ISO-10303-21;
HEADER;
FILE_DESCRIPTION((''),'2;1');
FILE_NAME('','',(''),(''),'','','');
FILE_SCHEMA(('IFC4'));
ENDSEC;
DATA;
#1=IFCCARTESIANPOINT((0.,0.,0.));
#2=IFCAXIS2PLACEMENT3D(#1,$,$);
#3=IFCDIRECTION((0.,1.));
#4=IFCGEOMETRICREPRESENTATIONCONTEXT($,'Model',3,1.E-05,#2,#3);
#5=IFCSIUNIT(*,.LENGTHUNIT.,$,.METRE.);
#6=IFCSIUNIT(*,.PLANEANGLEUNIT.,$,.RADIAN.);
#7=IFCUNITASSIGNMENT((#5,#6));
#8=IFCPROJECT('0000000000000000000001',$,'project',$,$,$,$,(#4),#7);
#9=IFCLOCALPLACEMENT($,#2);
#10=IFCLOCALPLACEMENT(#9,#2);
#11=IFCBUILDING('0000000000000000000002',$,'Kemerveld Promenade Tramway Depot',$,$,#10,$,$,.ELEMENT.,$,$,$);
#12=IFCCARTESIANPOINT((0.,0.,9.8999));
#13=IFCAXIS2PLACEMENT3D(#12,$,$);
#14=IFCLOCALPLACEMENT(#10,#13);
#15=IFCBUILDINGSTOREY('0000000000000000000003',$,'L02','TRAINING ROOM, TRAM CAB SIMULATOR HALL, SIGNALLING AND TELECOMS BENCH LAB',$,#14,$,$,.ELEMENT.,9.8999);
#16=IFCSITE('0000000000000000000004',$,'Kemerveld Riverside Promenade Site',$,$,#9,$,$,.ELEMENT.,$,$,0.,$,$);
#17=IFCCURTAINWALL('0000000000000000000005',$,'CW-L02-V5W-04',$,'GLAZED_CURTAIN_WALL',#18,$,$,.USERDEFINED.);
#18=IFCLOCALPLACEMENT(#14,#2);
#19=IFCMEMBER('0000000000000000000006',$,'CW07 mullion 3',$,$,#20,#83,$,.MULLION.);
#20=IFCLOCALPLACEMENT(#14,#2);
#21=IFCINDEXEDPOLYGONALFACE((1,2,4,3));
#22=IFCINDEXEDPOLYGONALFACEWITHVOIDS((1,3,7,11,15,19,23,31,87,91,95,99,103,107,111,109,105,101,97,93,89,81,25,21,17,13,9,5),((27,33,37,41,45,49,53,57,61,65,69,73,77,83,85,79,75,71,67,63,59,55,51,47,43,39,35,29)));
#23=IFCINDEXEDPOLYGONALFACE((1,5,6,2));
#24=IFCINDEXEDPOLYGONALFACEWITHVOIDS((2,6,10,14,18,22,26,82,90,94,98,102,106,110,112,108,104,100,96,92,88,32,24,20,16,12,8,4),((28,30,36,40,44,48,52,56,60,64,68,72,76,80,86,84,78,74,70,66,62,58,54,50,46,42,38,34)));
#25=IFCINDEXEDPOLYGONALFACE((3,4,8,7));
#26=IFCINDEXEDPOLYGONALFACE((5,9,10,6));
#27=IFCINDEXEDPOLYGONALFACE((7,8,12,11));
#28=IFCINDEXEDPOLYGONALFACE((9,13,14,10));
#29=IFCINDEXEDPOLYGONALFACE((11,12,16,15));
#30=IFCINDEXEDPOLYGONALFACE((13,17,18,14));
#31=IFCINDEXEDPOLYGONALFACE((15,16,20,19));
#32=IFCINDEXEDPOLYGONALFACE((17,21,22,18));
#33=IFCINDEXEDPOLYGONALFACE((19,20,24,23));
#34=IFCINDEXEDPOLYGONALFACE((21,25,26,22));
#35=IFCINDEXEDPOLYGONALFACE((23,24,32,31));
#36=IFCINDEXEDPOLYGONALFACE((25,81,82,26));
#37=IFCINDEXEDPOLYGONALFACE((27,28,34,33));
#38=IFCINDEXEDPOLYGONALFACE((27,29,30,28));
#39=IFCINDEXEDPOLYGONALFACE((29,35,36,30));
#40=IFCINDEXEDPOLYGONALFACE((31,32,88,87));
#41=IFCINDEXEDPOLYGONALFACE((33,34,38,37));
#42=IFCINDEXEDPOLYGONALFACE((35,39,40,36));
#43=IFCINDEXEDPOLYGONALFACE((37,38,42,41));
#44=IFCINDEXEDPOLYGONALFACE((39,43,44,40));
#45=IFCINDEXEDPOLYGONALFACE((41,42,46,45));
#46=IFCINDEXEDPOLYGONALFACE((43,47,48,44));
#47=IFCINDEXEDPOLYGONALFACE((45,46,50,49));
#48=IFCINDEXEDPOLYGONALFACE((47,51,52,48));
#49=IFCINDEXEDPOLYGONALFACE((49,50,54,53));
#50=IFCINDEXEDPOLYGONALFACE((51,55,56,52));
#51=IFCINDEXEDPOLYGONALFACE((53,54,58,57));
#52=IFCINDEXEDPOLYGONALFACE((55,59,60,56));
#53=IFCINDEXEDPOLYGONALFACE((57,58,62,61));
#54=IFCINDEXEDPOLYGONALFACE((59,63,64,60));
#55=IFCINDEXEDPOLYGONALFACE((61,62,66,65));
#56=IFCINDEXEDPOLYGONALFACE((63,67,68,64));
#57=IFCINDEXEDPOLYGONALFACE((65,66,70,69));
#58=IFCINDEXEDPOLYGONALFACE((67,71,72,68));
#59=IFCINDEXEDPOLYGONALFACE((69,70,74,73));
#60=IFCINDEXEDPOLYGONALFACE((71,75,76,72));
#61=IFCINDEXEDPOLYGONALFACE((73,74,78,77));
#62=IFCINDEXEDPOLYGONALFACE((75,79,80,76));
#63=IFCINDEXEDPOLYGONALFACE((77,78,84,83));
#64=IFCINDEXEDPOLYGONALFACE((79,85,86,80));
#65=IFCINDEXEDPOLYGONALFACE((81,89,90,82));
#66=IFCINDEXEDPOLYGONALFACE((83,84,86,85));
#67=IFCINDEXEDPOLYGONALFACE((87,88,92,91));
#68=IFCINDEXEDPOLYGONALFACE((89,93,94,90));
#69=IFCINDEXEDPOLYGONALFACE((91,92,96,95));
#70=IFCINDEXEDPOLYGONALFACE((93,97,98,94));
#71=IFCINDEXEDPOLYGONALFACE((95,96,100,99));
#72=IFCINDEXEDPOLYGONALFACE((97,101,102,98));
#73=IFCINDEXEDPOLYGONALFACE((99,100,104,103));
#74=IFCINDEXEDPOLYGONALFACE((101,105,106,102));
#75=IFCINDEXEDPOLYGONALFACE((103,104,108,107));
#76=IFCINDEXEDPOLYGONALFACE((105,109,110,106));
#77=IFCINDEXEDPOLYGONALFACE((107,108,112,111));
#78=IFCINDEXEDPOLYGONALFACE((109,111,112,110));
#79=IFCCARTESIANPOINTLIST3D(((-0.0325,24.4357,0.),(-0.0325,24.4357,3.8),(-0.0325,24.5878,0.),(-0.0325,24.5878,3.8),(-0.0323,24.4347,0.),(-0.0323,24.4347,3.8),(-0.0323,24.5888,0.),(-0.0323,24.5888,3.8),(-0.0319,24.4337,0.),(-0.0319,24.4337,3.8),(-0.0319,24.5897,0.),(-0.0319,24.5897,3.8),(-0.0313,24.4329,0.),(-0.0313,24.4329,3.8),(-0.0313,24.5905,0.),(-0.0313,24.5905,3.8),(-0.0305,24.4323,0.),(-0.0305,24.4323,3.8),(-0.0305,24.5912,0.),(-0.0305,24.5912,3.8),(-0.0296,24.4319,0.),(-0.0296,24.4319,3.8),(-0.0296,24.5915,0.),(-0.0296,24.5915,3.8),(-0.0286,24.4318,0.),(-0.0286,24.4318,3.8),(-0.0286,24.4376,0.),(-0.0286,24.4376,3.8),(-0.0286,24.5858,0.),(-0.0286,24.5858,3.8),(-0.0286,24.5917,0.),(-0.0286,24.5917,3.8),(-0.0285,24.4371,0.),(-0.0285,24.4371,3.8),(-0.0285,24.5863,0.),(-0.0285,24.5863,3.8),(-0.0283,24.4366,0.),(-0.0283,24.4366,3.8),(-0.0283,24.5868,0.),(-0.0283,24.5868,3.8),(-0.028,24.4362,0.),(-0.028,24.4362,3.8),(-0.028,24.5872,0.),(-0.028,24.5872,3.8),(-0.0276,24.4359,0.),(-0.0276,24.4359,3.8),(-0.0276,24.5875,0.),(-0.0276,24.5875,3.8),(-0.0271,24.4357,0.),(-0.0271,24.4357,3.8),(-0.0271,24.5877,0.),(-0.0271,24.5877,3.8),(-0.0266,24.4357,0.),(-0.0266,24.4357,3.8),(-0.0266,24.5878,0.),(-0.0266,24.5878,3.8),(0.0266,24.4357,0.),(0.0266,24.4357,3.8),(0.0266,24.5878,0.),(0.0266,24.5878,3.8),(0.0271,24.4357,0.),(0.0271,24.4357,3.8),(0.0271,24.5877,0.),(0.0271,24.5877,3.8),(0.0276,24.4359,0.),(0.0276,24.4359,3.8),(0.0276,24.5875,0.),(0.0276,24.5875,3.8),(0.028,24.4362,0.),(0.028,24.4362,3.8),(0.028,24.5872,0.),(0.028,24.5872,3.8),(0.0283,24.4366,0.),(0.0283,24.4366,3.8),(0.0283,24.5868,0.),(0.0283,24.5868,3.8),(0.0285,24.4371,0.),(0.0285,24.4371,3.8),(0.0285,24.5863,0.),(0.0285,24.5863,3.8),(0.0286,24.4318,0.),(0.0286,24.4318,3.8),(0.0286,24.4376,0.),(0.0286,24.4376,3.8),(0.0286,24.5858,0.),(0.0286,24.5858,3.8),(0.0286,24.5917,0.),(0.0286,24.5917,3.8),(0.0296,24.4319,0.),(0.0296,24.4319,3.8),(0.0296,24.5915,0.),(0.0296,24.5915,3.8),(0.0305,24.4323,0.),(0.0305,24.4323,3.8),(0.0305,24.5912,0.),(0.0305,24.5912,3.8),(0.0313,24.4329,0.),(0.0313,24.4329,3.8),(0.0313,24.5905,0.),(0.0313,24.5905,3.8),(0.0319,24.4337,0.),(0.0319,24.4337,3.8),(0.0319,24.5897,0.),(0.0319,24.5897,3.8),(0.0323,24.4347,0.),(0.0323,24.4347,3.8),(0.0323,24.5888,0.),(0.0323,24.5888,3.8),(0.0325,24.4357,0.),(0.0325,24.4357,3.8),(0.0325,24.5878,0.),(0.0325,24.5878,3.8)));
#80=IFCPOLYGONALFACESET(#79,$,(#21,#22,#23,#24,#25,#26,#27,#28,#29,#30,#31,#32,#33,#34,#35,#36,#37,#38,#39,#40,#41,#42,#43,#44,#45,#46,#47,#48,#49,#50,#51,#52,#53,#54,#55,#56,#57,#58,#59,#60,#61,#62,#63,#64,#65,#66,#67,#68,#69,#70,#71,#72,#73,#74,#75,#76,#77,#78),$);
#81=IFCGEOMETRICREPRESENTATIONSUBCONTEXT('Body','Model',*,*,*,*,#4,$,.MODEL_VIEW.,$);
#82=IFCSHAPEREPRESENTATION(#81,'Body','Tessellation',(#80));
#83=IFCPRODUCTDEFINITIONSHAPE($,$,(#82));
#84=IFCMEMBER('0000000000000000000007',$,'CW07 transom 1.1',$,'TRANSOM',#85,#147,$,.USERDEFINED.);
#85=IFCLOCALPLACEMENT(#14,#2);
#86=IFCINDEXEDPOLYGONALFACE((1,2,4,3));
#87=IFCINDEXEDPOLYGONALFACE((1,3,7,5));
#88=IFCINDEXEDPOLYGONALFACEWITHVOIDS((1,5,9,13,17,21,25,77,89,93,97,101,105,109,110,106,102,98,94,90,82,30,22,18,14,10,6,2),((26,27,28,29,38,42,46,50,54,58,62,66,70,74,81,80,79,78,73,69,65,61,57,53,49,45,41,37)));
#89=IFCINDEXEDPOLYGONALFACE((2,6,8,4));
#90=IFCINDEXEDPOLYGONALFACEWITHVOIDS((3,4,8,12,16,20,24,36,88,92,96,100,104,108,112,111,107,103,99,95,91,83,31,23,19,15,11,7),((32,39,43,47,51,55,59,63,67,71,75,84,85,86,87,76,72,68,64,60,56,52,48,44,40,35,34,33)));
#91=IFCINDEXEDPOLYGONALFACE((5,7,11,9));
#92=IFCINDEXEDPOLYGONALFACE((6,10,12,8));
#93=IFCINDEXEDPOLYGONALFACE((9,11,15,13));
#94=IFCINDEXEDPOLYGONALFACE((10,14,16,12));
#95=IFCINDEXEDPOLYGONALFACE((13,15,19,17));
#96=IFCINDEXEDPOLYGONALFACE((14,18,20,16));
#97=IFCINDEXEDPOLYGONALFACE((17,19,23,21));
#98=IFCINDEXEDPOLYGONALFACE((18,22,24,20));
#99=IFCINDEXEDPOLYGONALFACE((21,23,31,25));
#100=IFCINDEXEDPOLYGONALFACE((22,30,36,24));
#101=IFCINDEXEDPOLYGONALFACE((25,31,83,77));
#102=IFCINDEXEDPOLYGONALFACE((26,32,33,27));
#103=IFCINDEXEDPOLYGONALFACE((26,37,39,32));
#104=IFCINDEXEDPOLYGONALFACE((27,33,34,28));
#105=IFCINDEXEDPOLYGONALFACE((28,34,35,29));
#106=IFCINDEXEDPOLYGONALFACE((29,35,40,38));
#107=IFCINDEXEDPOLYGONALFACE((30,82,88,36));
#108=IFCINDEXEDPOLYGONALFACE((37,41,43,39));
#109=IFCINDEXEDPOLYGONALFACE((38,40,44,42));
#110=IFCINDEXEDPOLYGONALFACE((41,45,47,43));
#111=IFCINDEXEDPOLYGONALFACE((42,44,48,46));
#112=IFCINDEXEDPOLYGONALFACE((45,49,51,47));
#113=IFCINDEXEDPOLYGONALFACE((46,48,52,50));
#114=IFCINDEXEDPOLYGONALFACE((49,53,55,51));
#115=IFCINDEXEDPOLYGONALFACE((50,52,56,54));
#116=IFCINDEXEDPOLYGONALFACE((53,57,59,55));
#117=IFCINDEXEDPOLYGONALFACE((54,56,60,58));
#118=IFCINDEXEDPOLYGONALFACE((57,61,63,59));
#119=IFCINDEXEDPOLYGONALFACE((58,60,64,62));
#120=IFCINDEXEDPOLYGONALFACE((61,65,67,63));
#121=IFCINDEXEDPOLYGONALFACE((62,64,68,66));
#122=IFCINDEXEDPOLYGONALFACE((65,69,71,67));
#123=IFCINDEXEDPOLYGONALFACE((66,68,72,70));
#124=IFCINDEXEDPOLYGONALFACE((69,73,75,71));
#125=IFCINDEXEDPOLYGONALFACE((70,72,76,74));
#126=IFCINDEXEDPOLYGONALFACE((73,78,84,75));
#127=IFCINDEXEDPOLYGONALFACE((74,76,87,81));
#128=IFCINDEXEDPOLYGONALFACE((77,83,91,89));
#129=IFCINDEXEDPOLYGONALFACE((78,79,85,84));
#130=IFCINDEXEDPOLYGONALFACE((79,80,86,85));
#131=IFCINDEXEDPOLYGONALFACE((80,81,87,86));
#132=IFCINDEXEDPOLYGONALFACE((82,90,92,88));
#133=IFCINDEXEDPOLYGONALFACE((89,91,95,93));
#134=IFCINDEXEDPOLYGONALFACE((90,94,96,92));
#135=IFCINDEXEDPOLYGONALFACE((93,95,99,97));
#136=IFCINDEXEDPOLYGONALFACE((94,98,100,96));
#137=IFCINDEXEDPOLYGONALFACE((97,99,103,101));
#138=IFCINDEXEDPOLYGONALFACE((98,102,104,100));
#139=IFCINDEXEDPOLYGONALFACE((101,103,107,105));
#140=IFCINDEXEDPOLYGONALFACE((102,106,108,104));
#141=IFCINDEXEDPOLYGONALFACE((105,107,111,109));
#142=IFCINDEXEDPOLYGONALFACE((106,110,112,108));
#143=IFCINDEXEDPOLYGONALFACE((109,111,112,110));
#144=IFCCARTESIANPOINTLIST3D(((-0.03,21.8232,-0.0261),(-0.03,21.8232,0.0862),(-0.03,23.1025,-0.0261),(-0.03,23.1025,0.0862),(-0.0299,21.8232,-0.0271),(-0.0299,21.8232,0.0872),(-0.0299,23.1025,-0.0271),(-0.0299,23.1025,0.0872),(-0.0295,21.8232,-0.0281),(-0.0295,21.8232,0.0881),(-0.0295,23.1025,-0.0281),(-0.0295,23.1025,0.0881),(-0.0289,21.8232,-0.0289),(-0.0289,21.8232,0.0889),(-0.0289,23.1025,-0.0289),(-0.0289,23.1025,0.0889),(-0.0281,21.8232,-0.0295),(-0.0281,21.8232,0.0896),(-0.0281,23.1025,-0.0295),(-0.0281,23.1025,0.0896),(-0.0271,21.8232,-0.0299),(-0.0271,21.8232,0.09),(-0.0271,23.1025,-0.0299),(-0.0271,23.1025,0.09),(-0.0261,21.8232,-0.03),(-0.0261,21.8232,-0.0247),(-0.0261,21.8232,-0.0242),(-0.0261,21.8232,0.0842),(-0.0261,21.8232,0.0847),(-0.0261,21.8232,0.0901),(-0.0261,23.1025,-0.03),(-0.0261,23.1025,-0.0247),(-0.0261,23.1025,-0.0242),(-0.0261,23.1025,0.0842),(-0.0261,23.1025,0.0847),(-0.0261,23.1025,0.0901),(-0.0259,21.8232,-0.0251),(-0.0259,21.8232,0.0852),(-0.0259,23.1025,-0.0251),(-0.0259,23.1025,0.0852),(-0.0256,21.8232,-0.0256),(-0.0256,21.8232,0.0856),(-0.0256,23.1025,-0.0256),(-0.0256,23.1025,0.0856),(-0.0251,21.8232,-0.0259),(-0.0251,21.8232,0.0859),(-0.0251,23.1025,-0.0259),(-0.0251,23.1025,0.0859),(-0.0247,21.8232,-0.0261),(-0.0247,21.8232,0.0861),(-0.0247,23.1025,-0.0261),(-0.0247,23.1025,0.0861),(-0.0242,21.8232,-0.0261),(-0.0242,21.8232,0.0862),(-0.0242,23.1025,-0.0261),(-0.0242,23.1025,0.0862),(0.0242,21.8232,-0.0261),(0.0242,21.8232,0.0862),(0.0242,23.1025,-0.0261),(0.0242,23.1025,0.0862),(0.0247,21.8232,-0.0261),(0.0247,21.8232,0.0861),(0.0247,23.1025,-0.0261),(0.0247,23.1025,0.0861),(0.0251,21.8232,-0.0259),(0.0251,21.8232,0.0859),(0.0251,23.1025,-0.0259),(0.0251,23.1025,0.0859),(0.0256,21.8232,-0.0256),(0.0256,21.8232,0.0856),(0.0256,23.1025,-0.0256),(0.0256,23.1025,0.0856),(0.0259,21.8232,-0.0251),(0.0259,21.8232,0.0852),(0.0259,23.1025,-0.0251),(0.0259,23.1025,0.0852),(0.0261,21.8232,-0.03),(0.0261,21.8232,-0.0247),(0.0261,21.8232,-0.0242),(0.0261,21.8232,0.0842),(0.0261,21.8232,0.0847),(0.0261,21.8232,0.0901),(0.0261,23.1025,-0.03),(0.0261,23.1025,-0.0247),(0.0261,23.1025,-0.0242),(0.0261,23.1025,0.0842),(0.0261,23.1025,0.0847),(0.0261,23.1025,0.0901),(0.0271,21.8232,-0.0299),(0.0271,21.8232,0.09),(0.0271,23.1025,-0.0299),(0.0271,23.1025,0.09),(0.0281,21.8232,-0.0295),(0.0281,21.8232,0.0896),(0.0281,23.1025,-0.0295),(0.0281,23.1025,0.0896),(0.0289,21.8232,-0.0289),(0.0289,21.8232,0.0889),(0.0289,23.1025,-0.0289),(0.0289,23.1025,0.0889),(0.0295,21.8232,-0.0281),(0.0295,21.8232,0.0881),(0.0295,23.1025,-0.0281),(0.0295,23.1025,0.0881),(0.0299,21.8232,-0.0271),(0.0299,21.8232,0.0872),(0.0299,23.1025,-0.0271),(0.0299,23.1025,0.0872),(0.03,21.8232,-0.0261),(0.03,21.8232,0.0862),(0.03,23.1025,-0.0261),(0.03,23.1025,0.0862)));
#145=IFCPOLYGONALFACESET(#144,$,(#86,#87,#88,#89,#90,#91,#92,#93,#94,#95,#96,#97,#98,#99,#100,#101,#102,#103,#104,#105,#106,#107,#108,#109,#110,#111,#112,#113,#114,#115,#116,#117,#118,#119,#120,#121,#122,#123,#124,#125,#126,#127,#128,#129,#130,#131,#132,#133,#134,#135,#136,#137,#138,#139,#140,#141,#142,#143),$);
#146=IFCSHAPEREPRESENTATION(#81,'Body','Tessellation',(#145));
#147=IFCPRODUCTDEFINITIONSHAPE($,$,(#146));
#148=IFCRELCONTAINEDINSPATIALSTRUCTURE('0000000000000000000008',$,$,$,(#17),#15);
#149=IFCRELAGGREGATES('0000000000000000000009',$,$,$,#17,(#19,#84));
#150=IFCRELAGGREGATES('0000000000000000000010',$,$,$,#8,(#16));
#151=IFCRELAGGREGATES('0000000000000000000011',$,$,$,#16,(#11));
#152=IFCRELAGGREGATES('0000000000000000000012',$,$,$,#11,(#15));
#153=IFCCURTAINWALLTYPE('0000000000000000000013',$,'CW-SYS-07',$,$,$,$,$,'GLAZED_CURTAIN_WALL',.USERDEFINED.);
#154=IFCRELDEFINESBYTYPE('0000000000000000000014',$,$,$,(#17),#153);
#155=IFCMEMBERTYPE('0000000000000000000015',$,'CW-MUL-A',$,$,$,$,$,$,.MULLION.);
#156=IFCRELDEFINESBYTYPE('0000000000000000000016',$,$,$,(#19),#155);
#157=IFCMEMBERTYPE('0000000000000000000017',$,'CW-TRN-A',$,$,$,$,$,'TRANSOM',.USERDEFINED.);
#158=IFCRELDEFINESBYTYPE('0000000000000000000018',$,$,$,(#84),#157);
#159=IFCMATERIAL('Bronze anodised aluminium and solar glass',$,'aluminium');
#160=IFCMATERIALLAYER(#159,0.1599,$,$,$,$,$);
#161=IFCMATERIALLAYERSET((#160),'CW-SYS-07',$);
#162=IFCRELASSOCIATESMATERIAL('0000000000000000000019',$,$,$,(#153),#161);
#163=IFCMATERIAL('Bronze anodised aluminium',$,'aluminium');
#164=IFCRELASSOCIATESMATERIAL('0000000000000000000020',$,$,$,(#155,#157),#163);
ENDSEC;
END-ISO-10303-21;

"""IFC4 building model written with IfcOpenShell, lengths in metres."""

from ifc_helpers import new_model, si_unit, direction, frame, origin, origin_2d, place, context, subcontext, project, spatial, hollow_rectangle, extrude, material, layer, layer_set, material_profile, profile_set, type_object, element, aggregate, save


model = new_model("IFC4")

# Units and contexts
model_context = context("Model", 3, precision=1e-05, world=origin(), true_north=direction((0.0, 1.0)))
body_context = subcontext(model_context, "Body", "Model", "MODEL_VIEW")
ifc_project = project(units=[si_unit("LENGTHUNIT", "METRE"), si_unit("PLANEANGLEUNIT", "RADIAN")], contexts=[model_context])

# Site, building, storey
site_placement = place(None, origin())
site = spatial("IfcSite", under=ifc_project, at=site_placement, Name="Kemerveld Riverside Promenade Site", CompositionType="ELEMENT", RefElevation=0.0)
building_placement = place(site_placement, origin())
building = spatial("IfcBuilding", under=site, at=building_placement, Name="Kemerveld Promenade Tramway Depot", CompositionType="ELEMENT")
storey_placement = place(building_placement, frame((0.0, 0.0, 9.8999)))
storey = spatial("IfcBuildingStorey", under=building, at=storey_placement, Name="L02", Description="TRAINING ROOM, TRAM CAB SIMULATOR HALL, SIGNALLING AND TELECOMS BENCH LAB", CompositionType="ELEMENT", Elevation=9.8999)

# Curtain wall, members
ifc_material_1 = material(Name="Bronze anodised aluminium and solar glass", Category="aluminium")
ifc_layer_1 = layer(ifc_material_1, 0.1599)
ifc_layer_set_1 = layer_set([ifc_layer_1], Name="CW-SYS-07")
curtain_wall_type = type_object("IfcCurtainWallType", Name="CW-SYS-07", ElementType="GLAZED_CURTAIN_WALL", PredefinedType="USERDEFINED", material=ifc_layer_set_1)
curtain_wall_placement = place(storey_placement, origin())
curtain_wall = element("IfcCurtainWall", 1, at=curtain_wall_placement, inside=storey, type_object=curtain_wall_type, Name="CW-L02-V5W-04", ObjectType="GLAZED_CURTAIN_WALL", PredefinedType="USERDEFINED")
ifc_material_2 = material(Name="Bronze anodised aluminium", Category="aluminium")
ifc_material_profile_1 = material_profile(ifc_material_2, hollow_rectangle(XDim=0.0649, YDim=0.1599, WallThickness=0.0039, InnerFilletRadius=0.002, OuterFilletRadius=0.0039, at=origin_2d()), Name="CW-MUL-160x65")
ifc_profile_set_1 = profile_set([ifc_material_profile_1], Name="Bronze anodised aluminium")
member_type_1 = type_object("IfcMemberType", Name="CW-MUL-A", PredefinedType="MULLION", material=ifc_profile_set_1)
member_1_placement = place(storey_placement, frame((0.0, 24.5117, 0.0), z_axis=(0.0, 0.0, 1.0), x_axis=(-1.0, 0.0, 0.0)))
member_1 = element("IfcMember", 2, at=member_1_placement, type_object=member_type_1, Name="CW07 mullion 3", PredefinedType="MULLION", context=body_context, shape_type="SweptSolid", body=[
    extrude(hollow_rectangle(XDim=0.0649, YDim=0.1599, WallThickness=0.0039, InnerFilletRadius=0.002, OuterFilletRadius=0.0039, at=origin_2d()), origin(), (0.0, 0.0, 1.0), 3.8),
])
ifc_material_profile_2 = material_profile(ifc_material_2, hollow_rectangle(XDim=0.0601, YDim=0.1201, WallThickness=0.0039, InnerFilletRadius=0.002, OuterFilletRadius=0.0039, at=origin_2d()), Name="CW-TRN-120x60")
ifc_profile_set_2 = profile_set([ifc_material_profile_2], Name="Bronze anodised aluminium")
member_type_2 = type_object("IfcMemberType", Name="CW-TRN-A", ElementType="TRANSOM", PredefinedType="USERDEFINED", material=ifc_profile_set_2)
member_2_placement = place(storey_placement, frame((0.0, 21.8232, 0.03), z_axis=(0.0, 1.0, 0.0), x_axis=(-1.0, 0.0, 0.0)))
member_2 = element("IfcMember", 3, at=member_2_placement, type_object=member_type_2, Name="CW07 transom 1.1", ObjectType="TRANSOM", PredefinedType="USERDEFINED", context=body_context, shape_type="SweptSolid", body=[
    extrude(hollow_rectangle(XDim=0.0601, YDim=0.1201, WallThickness=0.0039, InnerFilletRadius=0.002, OuterFilletRadius=0.0039, at=origin_2d()), origin(), (0.0, 0.0, 1.0), 1.2793),
])
aggregate(curtain_wall, [member_1, member_2])

save(model, "model.ifc")
